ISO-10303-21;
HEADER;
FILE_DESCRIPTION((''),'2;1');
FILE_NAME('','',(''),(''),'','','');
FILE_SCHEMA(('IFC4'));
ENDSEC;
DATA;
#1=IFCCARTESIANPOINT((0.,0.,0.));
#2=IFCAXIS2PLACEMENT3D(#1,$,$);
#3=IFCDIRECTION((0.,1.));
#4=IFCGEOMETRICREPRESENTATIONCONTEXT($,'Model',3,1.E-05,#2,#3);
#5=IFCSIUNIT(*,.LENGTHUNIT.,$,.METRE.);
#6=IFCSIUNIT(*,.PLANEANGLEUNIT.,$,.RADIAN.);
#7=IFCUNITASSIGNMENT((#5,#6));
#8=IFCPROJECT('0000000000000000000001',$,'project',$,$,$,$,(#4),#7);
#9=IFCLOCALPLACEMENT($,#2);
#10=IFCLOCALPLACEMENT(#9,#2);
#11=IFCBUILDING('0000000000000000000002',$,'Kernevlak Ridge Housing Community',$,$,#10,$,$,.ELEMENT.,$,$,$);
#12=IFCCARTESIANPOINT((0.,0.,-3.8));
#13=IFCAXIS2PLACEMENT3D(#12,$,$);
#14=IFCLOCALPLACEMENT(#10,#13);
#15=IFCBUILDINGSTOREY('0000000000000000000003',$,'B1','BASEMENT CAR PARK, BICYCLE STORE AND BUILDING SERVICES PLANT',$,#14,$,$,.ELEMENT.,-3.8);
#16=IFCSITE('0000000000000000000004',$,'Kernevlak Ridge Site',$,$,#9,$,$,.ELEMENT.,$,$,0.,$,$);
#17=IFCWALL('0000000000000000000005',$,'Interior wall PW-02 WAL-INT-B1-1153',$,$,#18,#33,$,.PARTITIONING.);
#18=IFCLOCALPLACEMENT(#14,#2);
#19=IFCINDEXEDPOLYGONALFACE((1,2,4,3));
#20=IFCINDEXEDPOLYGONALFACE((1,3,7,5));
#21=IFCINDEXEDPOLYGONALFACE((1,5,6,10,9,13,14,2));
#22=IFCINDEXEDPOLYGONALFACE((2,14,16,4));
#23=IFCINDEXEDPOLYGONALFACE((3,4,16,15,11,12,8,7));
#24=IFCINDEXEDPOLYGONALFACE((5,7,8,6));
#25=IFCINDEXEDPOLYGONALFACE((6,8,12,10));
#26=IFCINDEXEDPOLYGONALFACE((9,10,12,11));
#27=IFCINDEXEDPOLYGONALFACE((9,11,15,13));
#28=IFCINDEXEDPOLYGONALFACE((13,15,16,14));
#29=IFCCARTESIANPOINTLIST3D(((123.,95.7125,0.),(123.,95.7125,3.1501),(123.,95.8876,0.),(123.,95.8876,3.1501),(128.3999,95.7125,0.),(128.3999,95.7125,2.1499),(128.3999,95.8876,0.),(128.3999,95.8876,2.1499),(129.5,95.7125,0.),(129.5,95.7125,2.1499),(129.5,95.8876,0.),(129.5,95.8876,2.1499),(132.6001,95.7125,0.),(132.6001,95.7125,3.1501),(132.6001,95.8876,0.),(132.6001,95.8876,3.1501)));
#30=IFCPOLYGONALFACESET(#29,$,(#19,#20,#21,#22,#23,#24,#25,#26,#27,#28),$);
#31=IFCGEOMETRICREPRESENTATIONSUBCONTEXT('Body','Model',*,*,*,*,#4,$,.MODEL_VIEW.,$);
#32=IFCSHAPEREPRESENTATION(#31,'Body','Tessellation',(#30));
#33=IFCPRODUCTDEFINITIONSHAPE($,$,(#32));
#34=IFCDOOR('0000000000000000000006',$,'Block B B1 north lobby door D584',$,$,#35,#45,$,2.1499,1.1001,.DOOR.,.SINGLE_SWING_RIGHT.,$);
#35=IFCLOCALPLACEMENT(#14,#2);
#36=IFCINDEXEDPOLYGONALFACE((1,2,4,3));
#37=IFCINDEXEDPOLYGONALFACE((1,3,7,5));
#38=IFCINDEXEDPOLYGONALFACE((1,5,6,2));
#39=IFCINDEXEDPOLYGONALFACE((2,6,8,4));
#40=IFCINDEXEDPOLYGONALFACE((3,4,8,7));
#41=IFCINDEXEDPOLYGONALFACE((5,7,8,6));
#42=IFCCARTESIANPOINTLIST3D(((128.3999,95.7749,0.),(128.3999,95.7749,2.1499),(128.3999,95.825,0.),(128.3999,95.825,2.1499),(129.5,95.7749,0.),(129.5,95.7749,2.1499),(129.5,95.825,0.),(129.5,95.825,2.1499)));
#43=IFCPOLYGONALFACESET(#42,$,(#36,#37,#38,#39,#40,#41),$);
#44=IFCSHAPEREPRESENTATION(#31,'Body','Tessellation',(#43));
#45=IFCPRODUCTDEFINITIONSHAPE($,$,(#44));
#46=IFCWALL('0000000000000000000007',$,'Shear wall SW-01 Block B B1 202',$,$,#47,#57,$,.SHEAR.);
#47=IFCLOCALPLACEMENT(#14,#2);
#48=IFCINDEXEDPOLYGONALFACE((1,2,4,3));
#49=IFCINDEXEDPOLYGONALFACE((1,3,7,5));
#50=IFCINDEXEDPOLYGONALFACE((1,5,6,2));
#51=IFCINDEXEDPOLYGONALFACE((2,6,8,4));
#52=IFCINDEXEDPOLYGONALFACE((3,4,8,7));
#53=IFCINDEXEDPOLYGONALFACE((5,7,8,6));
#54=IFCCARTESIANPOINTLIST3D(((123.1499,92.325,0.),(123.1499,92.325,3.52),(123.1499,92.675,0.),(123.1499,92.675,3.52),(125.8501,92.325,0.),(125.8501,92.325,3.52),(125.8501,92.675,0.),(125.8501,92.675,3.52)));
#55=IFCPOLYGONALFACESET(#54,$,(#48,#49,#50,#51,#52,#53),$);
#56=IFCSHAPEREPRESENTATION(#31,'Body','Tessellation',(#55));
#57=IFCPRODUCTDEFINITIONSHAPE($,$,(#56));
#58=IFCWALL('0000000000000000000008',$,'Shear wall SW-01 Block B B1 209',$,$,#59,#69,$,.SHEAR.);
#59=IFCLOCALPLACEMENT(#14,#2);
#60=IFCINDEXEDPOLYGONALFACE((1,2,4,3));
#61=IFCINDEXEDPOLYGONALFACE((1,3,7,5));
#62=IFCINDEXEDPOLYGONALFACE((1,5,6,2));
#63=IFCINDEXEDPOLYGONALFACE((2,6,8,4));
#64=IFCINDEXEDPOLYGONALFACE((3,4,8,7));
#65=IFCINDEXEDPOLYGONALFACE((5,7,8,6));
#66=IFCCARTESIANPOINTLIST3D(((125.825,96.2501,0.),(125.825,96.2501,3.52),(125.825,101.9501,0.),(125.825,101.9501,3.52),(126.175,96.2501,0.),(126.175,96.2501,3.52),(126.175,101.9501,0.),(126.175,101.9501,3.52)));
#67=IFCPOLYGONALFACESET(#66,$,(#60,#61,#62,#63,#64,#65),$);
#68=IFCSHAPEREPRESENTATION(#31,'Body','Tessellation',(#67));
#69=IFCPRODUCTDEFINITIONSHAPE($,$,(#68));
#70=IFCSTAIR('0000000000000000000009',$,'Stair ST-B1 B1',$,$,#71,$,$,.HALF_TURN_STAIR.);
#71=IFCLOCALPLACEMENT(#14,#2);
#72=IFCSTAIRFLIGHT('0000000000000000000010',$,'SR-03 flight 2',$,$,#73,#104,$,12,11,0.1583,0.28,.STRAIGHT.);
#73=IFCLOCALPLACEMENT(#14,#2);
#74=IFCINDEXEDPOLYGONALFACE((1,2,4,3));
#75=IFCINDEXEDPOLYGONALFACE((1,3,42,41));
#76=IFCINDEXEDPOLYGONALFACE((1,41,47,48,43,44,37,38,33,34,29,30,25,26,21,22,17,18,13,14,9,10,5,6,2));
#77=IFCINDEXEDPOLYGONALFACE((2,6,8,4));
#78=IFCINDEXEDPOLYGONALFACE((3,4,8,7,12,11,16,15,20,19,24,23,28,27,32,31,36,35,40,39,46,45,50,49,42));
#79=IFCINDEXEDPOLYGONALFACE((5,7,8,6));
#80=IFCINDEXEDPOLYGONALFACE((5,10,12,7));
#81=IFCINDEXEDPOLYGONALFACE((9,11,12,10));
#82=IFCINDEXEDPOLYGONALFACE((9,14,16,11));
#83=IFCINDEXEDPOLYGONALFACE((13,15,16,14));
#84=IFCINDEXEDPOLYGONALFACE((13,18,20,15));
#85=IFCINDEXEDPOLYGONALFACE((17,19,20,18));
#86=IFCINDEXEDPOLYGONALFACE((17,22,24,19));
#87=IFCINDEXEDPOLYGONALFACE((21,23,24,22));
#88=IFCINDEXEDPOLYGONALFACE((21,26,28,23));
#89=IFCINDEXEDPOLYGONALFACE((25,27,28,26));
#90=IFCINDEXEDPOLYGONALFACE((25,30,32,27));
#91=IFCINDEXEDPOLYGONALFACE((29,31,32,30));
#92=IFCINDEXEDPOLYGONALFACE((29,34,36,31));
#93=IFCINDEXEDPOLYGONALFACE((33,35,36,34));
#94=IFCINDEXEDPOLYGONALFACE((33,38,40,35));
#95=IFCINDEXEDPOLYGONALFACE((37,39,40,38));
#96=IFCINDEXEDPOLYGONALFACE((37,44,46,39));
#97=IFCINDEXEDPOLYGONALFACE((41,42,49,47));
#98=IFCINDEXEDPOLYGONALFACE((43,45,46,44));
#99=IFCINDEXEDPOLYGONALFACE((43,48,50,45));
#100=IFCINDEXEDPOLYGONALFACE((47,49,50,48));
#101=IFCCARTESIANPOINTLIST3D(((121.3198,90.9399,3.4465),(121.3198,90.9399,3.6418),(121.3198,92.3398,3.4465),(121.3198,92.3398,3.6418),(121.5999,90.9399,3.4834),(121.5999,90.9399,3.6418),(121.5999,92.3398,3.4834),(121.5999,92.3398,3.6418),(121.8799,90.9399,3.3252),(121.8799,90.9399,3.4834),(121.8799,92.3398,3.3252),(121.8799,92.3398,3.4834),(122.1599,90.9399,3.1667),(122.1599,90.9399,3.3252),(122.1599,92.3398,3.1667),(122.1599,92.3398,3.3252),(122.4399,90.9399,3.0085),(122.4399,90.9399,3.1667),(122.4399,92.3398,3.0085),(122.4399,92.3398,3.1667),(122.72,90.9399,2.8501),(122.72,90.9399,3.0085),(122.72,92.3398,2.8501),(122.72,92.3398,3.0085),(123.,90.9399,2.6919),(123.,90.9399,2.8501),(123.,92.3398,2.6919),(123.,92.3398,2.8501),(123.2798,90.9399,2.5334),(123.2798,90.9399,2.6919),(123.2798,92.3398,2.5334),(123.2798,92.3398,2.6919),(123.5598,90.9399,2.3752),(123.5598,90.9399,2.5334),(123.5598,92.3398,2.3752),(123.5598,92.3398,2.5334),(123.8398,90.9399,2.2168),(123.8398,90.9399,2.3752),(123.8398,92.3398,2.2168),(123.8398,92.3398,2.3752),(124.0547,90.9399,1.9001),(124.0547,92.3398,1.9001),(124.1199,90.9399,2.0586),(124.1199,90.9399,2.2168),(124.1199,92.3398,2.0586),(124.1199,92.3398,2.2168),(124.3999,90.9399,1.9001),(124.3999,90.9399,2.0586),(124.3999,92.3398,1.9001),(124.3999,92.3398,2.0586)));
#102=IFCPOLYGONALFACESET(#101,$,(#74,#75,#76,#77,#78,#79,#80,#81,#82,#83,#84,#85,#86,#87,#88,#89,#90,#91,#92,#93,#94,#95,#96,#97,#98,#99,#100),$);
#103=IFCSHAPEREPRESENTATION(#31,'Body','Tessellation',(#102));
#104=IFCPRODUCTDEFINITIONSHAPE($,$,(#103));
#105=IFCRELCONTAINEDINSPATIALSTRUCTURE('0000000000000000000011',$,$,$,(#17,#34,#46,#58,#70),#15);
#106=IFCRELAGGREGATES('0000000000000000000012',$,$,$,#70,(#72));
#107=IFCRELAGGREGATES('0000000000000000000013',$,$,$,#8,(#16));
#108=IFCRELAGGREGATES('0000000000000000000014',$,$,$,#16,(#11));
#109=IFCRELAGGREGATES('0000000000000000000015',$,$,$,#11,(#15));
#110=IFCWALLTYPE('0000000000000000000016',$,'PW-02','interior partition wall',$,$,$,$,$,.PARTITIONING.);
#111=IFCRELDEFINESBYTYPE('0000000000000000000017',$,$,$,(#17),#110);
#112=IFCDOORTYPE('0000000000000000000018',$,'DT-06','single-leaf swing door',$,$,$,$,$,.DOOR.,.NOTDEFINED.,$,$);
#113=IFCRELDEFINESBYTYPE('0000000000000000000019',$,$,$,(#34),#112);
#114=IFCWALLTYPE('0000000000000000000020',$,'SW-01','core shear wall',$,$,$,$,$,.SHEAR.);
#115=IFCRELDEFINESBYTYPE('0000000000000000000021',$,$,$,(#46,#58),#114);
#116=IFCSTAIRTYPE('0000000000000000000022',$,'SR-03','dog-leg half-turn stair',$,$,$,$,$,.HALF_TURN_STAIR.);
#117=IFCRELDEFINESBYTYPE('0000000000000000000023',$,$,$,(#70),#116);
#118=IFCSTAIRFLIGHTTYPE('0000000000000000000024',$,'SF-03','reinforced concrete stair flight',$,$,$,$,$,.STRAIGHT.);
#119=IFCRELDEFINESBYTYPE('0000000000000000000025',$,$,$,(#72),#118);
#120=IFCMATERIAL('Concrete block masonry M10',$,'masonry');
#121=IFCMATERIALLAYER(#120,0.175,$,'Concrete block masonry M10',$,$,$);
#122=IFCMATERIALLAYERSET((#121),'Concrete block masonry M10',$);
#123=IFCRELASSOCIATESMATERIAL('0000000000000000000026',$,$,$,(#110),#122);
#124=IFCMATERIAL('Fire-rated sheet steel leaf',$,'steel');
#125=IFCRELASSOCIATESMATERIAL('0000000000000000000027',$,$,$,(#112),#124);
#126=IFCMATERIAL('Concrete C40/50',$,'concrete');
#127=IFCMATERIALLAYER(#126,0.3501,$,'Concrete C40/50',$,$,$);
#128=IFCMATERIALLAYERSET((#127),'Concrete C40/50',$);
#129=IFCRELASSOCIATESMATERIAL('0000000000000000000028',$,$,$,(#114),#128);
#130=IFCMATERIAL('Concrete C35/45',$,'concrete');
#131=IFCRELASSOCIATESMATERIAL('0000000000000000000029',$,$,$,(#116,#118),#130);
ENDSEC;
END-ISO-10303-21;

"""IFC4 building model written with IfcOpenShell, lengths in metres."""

from ifc_helpers import new_model, si_unit, direction, frame, frame_2d, origin, place, context, subcontext, project, spatial, polyline, rectangle, outline, extrude, material, layer, layer_set, type_object, element, fill, aggregate, save


model = new_model("IFC4")

# Units and contexts
model_context = context("Model", 3, precision=1e-05, world=origin(), true_north=direction((0.0, 1.0)))
body_context = subcontext(model_context, "Body", "Model", "MODEL_VIEW")
ifc_project = project(units=[si_unit("LENGTHUNIT", "METRE"), si_unit("PLANEANGLEUNIT", "RADIAN")], contexts=[model_context])

# Site, building, storey
site_placement = place(None, origin())
site = spatial("IfcSite", under=ifc_project, at=site_placement, Name="Kernevlak Ridge Site", CompositionType="ELEMENT", RefElevation=0.0)
building_placement = place(site_placement, origin())
building = spatial("IfcBuilding", under=site, at=building_placement, Name="Kernevlak Ridge Housing Community", CompositionType="ELEMENT")
storey_placement = place(building_placement, frame((0.0, 0.0, -3.8)))
storey = spatial("IfcBuildingStorey", under=building, at=storey_placement, Name="B1", Description="BASEMENT CAR PARK, BICYCLE STORE AND BUILDING SERVICES PLANT", CompositionType="ELEMENT", Elevation=-3.8)

# Shared definitions
ifc_material_1 = material(Name="Concrete C35/45", Category="concrete")

# Shared definitions
ifc_material_2 = material(Name="Concrete C40/50", Category="concrete")

# Shared definitions
ifc_material_3 = material(Name="Concrete block masonry M10", Category="masonry")
ifc_layer_1 = layer(ifc_material_3, 0.175, Name="Concrete block masonry M10")
ifc_layer_set_1 = layer_set([ifc_layer_1], Name="Concrete block masonry M10")
wall_type_1 = type_object("IfcWallType", Name="PW-02", Description="interior partition wall", PredefinedType="PARTITIONING", material=ifc_layer_set_1)
ifc_material_4 = material(Name="Fire-rated sheet steel leaf", Category="steel")

# Wall, opening, door
wall_1_placement = place(storey_placement, frame((123.0, 95.8, 0.0), z_axis=(0.0, 0.0, 1.0), x_axis=(1.0, 0.0, 0.0)))
wall_1 = element("IfcWall", 1, at=wall_1_placement, inside=storey, type_object=wall_type_1, Name="Interior wall PW-02 WAL-INT-B1-1153", PredefinedType="PARTITIONING", context=body_context, shape_type="SweptSolid", body=[
    extrude(rectangle(XDim=9.6001, YDim=0.175, at=frame_2d((4.8, 0.0))), origin(), (0.0, 0.0, 1.0), 3.1501),
])
opening_1_placement = place(wall_1_placement, frame((5.3999, 0.0, 0.0)))
opening_1 = element("IfcOpeningElement", 2, at=opening_1_placement, cuts=wall_1, PredefinedType="OPENING", context=body_context, shape_type="SweptSolid", body=[
    extrude(rectangle(XDim=1.1001, YDim=2.1499, at=frame_2d((0.55, 1.075))), frame((0.0, 0.0974, 0.0), z_axis=(0.0, -1.0, 0.0), x_axis=(1.0, 0.0, 0.0)), (0.0, 0.0, 1.0), 0.1951),
])
door_type_1 = type_object("IfcDoorType", Name="DT-06", Description="single-leaf swing door", OperationType="NOTDEFINED", PredefinedType="DOOR", material=ifc_material_4)
door_1_placement = place(opening_1_placement, origin())
door_1 = element("IfcDoor", 3, at=door_1_placement, inside=storey, type_object=door_type_1, Name="Block B B1 north lobby door D584", OperationType="SINGLE_SWING_RIGHT", OverallHeight=2.1499, OverallWidth=1.1001, PredefinedType="DOOR", context=body_context, shape_type="SweptSolid", body=[
    extrude(rectangle(XDim=1.1001, YDim=2.1499, at=frame_2d((0.55, 1.075))), frame((0.0, 0.0249, 0.0), z_axis=(0.0, -1.0, 0.0), x_axis=(1.0, 0.0, 0.0)), (0.0, 0.0, 1.0), 0.05),
])
fill(opening_1, door_1)

# Walls
ifc_layer_2 = layer(ifc_material_2, 0.3501, Name="Concrete C40/50")
ifc_layer_set_2 = layer_set([ifc_layer_2], Name="Concrete C40/50")
wall_type_2 = type_object("IfcWallType", Name="SW-01", Description="core shear wall", PredefinedType="SHEAR", material=ifc_layer_set_2)
wall_2_placement = place(storey_placement, frame((123.1499, 92.5, 0.0), z_axis=(0.0, 0.0, 1.0), x_axis=(1.0, 0.0, 0.0)))
element("IfcWall", 4, at=wall_2_placement, inside=storey, type_object=wall_type_2, Name="Shear wall SW-01 Block B B1 202", PredefinedType="SHEAR", context=body_context, shape_type="SweptSolid", body=[
    extrude(rectangle(XDim=2.7002, YDim=0.3501, at=frame_2d((1.3501, 0.0))), origin(), (0.0, 0.0, 1.0), 3.52),
])
wall_3_placement = place(storey_placement, frame((126.0, 96.25, 0.0), z_axis=(0.0, 0.0, 1.0), x_axis=(0.0, 1.0, 0.0)))
element("IfcWall", 5, at=wall_3_placement, inside=storey, type_object=wall_type_2, Name="Shear wall SW-01 Block B B1 209", PredefinedType="SHEAR", context=body_context, shape_type="SweptSolid", body=[
    extrude(rectangle(XDim=5.7, YDim=0.3501, at=frame_2d((2.8501, 0.0))), origin(), (0.0, 0.0, 1.0), 3.52),
])

# Stair, stair flight
stair_type = type_object("IfcStairType", Name="SR-03", Description="dog-leg half-turn stair", PredefinedType="HALF_TURN_STAIR", material=ifc_material_1)
stair_placement = place(storey_placement, origin())
stair = element("IfcStair", 6, at=stair_placement, inside=storey, type_object=stair_type, Name="Stair ST-B1 B1", PredefinedType="HALF_TURN_STAIR")
stair_flight_type = type_object("IfcStairFlightType", Name="SF-03", Description="reinforced concrete stair flight", PredefinedType="STRAIGHT", material=ifc_material_1)
stair_flight_placement = place(storey_placement, frame((124.3999, 91.6399, 1.9001), z_axis=(0.0, 0.0, 1.0), x_axis=(-1.0, 0.0, 0.0)))
stair_flight = element("IfcStairFlight", 7, at=stair_flight_placement, type_object=stair_flight_type, Name="SR-03 flight 2", NumberOfRisers=12, NumberOfTreads=11, PredefinedType="STRAIGHT", RiserHeight=0.1583, TreadLength=0.28, context=body_context, shape_type="SweptSolid", body=[
    extrude(outline(polyline([(0.0, 0.0), (0.0, 0.1584), (0.28, 0.1584), (0.28, 0.3167), (0.5601, 0.3167), (0.5601, 0.4751), (0.8401, 0.4751), (0.8401, 0.6333), (1.1201, 0.6333), (1.1201, 0.7917), (1.3999, 0.7917), (1.3999, 0.95), (1.6799, 0.95), (1.6799, 1.1084), (1.96, 1.1084), (1.96, 1.2666), (2.24, 1.2666), (2.24, 1.425), (2.52, 1.425), (2.52, 1.5833), (2.8, 1.5833), (2.8, 1.7417), (3.0801, 1.7417), (3.0801, 1.8999), (3.0801, 1.5464), (0.3452, 0.0), (0.0, 0.0)])), frame((0.0, 0.7, 0.0), z_axis=(0.0, -1.0, 0.0), x_axis=(1.0, 0.0, 0.0)), (0.0, 0.0, 1.0), 1.3999),
])
aggregate(stair, [stair_flight])

save(model, "model.ifc")
